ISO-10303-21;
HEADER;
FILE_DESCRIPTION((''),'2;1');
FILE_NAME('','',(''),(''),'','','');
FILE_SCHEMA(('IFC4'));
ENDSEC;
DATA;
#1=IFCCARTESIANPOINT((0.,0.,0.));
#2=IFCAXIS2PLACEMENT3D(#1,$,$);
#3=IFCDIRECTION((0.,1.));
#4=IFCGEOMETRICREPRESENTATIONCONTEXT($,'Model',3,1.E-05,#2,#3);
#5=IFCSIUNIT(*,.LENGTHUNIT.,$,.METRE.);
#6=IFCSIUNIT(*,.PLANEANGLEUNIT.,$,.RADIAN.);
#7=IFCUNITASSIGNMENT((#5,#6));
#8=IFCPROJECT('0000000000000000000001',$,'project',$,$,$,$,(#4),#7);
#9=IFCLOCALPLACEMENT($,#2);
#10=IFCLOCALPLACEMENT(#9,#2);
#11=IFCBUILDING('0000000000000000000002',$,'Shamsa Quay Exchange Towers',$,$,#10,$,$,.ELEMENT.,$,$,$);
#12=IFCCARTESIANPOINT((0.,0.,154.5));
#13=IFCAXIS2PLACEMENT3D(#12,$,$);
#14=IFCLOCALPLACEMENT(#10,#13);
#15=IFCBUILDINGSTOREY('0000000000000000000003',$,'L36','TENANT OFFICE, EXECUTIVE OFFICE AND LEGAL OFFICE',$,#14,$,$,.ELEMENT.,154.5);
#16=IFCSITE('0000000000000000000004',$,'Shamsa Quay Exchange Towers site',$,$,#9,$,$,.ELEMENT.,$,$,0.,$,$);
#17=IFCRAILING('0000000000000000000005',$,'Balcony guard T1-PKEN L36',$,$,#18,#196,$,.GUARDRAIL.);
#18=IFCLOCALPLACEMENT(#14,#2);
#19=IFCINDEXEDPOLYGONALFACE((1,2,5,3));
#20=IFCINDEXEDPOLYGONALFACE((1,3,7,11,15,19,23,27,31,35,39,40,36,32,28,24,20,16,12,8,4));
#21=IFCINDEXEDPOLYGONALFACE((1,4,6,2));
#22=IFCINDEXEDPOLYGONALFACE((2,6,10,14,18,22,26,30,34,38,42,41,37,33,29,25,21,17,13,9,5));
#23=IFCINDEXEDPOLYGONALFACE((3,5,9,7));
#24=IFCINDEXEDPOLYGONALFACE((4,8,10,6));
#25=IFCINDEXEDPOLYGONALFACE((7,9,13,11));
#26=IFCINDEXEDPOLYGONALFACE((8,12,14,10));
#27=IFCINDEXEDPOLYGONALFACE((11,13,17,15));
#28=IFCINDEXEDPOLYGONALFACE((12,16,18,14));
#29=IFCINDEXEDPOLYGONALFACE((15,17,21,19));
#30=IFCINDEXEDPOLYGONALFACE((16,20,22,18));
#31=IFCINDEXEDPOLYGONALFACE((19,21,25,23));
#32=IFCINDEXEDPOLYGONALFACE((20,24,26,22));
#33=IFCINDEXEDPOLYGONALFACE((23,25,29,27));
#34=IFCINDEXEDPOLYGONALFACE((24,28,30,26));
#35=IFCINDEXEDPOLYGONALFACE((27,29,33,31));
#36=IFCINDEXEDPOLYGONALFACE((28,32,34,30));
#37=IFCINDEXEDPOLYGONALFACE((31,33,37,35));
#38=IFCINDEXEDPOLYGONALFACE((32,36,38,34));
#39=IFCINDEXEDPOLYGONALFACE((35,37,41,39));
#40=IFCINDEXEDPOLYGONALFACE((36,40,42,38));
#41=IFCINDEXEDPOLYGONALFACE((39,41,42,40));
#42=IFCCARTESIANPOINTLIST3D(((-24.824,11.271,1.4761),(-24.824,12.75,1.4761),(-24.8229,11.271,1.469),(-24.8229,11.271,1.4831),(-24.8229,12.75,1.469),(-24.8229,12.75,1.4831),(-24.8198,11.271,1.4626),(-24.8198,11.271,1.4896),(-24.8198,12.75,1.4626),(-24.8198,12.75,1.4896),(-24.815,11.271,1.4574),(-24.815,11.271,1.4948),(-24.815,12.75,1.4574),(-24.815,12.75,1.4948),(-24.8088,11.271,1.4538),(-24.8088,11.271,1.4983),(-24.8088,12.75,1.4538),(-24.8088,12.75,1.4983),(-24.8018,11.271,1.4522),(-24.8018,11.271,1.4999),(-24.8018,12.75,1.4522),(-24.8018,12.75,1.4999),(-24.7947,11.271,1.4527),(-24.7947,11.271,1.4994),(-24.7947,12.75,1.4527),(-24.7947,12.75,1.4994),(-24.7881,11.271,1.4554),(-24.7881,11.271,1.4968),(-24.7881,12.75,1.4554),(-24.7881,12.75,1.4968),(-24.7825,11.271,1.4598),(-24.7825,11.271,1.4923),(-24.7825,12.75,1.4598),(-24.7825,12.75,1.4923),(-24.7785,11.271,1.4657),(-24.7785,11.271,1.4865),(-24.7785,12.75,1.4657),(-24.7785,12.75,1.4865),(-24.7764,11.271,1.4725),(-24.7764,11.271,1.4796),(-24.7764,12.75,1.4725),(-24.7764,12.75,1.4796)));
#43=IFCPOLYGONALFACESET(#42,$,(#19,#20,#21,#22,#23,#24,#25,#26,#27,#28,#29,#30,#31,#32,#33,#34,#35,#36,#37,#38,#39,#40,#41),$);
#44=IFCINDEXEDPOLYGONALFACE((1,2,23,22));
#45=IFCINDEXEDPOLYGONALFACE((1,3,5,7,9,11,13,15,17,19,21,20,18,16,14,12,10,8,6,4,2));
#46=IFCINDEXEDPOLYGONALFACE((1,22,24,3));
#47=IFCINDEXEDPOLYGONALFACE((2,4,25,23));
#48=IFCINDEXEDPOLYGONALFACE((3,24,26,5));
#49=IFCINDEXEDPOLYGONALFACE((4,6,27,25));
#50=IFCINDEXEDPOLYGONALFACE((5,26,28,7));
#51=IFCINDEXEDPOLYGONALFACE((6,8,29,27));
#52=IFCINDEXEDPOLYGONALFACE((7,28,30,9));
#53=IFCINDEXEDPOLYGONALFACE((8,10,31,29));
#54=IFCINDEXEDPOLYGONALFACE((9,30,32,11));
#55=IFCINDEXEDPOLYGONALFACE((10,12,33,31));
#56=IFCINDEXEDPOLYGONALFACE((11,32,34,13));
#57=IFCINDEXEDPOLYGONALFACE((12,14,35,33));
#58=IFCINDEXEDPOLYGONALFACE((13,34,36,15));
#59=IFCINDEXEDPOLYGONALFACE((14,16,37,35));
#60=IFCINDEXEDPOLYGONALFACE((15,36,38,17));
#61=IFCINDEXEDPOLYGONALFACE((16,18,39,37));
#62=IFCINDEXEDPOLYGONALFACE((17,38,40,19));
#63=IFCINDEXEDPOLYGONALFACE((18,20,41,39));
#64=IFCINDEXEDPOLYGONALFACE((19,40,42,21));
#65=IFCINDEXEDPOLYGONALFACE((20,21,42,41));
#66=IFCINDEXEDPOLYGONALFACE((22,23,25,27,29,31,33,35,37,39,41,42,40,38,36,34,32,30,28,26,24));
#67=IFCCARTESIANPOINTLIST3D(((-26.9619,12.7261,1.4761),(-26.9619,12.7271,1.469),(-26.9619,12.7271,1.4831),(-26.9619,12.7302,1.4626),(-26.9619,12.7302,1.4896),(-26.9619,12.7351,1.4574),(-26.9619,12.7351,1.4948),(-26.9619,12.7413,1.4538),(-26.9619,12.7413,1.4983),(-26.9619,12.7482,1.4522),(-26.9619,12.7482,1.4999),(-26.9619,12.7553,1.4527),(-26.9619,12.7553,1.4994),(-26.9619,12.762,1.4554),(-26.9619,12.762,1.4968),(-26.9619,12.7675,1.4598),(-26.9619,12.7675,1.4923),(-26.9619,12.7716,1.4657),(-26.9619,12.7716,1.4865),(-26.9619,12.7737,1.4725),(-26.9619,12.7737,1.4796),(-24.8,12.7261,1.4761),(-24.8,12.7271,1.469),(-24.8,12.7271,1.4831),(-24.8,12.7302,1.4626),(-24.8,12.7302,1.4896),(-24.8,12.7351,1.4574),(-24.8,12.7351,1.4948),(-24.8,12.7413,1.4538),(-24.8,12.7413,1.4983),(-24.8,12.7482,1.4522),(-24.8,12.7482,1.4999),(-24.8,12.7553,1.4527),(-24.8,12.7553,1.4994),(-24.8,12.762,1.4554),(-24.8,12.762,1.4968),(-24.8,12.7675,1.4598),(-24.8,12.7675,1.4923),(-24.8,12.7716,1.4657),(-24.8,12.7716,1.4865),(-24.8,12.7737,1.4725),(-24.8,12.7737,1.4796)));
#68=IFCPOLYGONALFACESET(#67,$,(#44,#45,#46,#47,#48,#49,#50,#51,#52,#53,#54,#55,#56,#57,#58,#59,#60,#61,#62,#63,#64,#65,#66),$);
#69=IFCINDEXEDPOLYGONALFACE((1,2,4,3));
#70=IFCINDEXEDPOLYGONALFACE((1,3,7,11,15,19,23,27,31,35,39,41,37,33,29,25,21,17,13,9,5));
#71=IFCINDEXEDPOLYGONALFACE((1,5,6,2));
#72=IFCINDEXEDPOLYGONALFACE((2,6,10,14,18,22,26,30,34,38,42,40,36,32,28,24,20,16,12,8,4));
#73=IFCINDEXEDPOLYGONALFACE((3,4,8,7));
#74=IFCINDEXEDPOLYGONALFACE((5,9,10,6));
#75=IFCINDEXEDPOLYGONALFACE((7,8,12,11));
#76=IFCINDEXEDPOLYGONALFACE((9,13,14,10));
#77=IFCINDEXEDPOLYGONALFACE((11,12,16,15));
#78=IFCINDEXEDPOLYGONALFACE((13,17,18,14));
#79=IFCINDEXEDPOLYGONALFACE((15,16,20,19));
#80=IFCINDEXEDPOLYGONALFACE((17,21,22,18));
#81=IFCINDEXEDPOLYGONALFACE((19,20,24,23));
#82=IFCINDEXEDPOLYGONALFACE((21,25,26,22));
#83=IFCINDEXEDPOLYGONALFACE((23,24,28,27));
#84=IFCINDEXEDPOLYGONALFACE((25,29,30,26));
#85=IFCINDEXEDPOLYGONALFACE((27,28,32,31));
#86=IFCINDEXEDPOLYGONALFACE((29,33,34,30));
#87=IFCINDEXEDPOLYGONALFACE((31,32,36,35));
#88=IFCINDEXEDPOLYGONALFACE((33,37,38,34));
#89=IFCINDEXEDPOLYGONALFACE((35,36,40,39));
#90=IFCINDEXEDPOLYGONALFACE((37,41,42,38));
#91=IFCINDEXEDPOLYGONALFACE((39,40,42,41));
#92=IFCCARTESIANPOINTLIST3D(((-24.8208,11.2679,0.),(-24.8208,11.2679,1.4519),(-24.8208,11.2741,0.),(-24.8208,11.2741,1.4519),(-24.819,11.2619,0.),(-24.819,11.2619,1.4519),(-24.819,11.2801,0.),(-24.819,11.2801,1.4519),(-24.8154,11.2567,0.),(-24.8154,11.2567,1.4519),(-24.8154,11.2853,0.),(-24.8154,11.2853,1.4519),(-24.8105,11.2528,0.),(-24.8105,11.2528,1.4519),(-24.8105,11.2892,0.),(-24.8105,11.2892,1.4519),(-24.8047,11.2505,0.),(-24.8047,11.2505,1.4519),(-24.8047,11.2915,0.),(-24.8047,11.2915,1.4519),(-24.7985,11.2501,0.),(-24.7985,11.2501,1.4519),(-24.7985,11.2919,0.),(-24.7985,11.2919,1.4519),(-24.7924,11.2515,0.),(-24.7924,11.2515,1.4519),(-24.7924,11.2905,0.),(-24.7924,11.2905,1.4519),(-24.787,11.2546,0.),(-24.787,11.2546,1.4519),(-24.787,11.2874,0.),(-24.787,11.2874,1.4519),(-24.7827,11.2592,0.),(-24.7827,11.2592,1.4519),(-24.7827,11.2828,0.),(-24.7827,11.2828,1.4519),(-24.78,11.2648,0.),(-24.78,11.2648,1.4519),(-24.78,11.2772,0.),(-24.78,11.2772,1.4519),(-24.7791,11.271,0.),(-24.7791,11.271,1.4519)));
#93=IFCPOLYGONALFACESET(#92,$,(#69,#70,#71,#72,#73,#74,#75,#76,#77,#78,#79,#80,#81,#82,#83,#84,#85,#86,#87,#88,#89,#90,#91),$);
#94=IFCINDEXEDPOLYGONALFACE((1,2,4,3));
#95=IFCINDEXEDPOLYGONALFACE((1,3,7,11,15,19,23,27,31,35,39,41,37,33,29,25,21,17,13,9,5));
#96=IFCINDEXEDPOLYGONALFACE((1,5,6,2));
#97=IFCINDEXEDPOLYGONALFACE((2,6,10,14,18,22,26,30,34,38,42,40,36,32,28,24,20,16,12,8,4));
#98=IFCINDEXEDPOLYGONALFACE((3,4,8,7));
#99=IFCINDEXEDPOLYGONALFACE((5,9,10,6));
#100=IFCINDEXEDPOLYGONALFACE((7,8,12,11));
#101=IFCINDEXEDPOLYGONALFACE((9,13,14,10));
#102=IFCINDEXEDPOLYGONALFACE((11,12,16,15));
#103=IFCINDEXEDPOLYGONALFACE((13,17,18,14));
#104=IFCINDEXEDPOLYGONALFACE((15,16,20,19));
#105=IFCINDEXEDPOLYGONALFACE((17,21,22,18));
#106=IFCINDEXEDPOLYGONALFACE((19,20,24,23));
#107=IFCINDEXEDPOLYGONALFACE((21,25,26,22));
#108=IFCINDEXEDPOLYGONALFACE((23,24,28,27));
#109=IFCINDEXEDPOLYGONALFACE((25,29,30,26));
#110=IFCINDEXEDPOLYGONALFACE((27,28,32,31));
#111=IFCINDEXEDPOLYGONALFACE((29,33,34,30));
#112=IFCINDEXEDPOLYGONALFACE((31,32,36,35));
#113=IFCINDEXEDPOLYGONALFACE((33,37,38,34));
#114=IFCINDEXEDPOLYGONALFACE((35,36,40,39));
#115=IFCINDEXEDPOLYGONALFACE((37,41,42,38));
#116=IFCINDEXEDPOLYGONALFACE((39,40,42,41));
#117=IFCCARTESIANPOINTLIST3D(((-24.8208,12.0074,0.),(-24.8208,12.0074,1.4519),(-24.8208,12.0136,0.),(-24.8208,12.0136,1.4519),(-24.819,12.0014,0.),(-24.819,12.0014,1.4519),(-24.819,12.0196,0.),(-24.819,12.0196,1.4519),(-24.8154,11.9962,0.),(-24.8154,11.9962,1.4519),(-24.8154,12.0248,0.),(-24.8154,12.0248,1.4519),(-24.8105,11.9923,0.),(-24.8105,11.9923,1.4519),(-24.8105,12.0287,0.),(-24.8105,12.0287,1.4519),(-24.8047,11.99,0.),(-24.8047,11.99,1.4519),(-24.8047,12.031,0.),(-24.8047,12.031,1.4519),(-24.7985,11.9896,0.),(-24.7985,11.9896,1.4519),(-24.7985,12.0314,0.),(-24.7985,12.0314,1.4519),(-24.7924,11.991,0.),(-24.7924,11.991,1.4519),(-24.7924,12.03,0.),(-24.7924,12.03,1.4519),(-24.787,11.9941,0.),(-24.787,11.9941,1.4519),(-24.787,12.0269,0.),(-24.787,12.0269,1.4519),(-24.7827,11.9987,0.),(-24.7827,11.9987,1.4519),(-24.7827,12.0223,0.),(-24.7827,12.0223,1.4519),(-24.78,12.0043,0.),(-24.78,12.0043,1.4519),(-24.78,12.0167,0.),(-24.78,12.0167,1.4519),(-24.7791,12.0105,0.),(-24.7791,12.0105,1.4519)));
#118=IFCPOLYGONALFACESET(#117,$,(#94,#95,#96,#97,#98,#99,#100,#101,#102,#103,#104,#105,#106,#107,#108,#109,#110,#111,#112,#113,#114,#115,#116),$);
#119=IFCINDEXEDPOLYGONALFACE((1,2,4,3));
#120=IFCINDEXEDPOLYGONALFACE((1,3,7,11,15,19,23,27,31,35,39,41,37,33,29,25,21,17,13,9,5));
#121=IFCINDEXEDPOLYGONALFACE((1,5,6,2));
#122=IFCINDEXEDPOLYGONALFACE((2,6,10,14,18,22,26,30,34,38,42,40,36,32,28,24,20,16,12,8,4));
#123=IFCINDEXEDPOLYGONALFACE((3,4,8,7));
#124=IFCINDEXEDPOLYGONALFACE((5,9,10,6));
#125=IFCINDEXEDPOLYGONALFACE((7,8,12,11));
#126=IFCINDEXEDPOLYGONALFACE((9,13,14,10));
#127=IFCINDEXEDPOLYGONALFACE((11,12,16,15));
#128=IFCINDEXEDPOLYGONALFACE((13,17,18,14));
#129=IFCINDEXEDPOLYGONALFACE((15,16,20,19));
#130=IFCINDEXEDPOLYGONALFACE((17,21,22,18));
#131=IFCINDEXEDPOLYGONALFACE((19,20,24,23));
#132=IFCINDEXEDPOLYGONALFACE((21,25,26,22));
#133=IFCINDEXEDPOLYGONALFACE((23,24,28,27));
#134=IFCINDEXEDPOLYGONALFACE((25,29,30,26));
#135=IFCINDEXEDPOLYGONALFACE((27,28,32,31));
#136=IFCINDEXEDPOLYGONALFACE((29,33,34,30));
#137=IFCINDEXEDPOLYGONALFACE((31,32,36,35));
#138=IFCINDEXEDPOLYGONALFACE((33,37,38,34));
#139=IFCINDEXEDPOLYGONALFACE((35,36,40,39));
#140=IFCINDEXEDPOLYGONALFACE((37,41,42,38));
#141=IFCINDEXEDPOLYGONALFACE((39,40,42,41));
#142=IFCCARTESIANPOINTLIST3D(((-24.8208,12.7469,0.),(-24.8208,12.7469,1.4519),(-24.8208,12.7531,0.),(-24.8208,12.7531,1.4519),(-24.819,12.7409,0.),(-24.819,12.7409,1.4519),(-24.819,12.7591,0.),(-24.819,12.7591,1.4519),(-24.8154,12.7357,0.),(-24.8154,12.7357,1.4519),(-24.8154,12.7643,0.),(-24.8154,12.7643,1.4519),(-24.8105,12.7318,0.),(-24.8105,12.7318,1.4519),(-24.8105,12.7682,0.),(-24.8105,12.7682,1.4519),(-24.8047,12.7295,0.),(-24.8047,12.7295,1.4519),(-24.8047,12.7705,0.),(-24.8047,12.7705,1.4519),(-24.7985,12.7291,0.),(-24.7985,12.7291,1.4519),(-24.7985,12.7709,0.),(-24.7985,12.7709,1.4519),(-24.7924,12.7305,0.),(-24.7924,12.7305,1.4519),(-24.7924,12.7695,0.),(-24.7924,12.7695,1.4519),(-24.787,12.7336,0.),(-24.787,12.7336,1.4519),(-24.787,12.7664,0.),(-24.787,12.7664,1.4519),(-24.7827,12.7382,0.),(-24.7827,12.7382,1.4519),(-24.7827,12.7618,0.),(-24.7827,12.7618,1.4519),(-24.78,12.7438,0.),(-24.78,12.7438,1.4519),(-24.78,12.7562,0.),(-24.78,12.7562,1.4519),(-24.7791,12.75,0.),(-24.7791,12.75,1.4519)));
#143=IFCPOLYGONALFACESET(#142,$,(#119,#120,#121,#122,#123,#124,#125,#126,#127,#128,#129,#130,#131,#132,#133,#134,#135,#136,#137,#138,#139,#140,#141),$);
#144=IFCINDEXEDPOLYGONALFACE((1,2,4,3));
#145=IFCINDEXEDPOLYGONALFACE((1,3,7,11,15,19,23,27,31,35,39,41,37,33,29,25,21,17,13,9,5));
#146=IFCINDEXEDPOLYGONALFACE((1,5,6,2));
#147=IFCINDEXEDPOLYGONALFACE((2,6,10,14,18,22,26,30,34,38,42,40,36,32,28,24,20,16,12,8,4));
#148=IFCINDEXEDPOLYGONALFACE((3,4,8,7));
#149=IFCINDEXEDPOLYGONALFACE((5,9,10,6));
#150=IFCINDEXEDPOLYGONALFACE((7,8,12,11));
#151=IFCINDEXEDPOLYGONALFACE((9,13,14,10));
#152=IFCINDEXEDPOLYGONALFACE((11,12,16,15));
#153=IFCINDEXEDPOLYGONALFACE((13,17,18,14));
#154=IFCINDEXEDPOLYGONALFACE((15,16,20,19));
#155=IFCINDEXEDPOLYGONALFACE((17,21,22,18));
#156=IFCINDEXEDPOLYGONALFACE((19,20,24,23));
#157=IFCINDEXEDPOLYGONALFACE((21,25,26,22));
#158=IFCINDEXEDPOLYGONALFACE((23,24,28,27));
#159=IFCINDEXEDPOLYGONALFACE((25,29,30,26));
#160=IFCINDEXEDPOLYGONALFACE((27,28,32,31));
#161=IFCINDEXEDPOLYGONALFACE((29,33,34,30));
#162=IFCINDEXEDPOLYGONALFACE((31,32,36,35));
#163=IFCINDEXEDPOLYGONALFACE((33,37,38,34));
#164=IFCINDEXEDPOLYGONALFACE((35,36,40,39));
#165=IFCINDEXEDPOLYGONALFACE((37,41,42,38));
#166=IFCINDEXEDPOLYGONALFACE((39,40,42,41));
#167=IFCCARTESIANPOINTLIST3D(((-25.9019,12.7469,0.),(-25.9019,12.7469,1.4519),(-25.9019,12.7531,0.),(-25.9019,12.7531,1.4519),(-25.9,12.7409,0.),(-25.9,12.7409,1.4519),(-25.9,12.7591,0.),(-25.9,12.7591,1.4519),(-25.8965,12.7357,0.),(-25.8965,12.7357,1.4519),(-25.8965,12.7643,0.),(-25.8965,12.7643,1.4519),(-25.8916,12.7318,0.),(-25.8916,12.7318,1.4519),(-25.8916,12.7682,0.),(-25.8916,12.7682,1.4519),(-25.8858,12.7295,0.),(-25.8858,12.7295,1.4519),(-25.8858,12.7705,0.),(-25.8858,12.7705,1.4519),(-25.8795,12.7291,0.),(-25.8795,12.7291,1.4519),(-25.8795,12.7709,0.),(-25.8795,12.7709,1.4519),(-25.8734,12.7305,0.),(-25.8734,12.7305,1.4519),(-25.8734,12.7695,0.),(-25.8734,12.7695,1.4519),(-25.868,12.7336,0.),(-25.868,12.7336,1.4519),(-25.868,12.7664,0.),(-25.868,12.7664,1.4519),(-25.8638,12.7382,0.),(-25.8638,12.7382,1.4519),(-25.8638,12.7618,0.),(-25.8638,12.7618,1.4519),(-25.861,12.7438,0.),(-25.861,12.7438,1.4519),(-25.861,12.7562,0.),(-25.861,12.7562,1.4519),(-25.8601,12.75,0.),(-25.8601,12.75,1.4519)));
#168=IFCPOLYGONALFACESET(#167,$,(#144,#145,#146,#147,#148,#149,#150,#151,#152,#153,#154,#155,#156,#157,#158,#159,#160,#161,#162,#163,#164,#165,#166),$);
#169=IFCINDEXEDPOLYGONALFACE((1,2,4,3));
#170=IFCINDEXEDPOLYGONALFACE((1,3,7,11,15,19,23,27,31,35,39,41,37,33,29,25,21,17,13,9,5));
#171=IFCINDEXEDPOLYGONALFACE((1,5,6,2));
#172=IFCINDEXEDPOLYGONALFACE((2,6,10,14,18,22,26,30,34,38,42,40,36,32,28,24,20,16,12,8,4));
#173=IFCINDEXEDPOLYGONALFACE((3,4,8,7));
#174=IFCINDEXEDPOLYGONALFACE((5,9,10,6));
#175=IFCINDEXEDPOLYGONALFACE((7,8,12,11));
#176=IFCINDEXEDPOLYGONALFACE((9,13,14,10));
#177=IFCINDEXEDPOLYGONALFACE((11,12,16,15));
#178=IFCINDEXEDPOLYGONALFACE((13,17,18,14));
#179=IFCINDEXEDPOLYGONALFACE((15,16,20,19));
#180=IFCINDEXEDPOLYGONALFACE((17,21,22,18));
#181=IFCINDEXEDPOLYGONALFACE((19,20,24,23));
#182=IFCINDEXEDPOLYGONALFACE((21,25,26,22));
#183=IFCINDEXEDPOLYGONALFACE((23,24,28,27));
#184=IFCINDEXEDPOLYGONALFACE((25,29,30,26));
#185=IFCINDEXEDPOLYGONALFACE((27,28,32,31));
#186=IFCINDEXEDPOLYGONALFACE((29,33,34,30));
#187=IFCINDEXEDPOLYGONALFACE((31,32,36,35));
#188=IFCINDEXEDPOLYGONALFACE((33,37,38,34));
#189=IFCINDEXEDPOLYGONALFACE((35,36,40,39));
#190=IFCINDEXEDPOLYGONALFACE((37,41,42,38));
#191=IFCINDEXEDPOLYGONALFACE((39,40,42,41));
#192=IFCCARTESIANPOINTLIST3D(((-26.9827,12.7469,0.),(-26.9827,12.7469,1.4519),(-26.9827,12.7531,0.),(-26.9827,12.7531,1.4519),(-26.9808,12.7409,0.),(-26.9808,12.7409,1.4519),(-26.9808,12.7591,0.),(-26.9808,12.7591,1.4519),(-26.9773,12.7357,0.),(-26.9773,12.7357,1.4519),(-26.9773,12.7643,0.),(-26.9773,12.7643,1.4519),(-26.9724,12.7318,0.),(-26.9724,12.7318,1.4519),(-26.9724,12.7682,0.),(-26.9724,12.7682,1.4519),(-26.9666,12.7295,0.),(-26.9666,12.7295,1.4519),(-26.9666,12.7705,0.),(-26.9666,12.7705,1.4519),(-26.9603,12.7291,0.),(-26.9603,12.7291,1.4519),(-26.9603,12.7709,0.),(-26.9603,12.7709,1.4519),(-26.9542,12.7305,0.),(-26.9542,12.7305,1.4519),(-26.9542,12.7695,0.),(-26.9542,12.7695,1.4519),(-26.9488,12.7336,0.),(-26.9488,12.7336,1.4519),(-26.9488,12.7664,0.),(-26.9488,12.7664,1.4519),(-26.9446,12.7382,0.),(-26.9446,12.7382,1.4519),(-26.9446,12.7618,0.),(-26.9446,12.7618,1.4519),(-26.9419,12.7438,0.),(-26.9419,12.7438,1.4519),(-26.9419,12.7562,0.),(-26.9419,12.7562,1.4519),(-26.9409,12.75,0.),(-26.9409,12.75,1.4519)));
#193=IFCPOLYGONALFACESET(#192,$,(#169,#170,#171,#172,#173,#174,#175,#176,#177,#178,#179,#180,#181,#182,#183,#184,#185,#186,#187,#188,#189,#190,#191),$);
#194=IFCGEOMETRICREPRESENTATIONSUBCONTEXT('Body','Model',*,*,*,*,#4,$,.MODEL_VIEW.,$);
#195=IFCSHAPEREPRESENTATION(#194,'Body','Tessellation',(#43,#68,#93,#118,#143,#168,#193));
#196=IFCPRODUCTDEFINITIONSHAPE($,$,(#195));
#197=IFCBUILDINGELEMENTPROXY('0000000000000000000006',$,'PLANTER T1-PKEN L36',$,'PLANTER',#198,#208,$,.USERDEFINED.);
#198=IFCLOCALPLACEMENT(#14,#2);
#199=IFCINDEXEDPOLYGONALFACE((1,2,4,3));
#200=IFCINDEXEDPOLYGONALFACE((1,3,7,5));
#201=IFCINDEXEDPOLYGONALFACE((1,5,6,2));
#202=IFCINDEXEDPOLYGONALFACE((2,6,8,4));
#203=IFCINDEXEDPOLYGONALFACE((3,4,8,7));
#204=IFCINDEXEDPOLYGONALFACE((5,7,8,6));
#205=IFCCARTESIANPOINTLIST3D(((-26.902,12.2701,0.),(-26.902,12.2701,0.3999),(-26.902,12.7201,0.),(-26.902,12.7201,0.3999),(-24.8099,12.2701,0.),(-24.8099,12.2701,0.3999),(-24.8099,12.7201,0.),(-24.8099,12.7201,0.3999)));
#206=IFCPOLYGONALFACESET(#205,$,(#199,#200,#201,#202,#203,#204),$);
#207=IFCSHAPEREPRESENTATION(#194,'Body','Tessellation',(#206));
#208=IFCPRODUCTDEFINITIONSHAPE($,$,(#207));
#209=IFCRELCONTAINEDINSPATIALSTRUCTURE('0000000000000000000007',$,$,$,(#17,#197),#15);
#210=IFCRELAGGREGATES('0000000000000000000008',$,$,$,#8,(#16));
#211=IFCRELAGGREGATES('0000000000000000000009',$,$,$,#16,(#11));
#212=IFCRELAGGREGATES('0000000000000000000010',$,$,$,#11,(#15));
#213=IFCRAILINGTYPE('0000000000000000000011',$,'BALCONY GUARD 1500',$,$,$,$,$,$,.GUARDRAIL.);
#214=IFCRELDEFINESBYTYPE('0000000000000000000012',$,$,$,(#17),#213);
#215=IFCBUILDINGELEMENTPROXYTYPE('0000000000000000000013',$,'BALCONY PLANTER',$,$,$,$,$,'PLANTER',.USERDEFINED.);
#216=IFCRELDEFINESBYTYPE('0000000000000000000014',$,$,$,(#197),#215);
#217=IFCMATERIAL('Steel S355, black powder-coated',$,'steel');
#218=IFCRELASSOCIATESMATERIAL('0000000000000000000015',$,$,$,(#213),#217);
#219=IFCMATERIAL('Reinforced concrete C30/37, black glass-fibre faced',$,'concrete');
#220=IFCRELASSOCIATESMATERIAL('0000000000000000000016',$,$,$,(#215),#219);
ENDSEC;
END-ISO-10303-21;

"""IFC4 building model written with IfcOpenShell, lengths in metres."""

from ifc_helpers import new_model, si_unit, direction, frame, origin, origin_2d, place, context, subcontext, project, spatial, rectangle, circle, extrude, material, type_object, element, save


model = new_model("IFC4")

# Units and contexts
model_context = context("Model", 3, precision=1e-05, world=origin(), true_north=direction((0.0, 1.0)))
body_context = subcontext(model_context, "Body", "Model", "MODEL_VIEW")
ifc_project = project(units=[si_unit("LENGTHUNIT", "METRE"), si_unit("PLANEANGLEUNIT", "RADIAN")], contexts=[model_context])

# Site, building, storey
site_placement = place(None, origin())
site = spatial("IfcSite", under=ifc_project, at=site_placement, Name="Shamsa Quay Exchange Towers site", CompositionType="ELEMENT", RefElevation=0.0)
building_placement = place(site_placement, origin())
building = spatial("IfcBuilding", under=site, at=building_placement, Name="Shamsa Quay Exchange Towers", CompositionType="ELEMENT")
storey_placement = place(building_placement, frame((0.0, 0.0, 154.5)))
storey = spatial("IfcBuildingStorey", under=building, at=storey_placement, Name="L36", Description="TENANT OFFICE, EXECUTIVE OFFICE AND LEGAL OFFICE", CompositionType="ELEMENT", Elevation=154.5)

# Railing
ifc_material_1 = material(Name="Steel S355, black powder-coated", Category="steel")
railing_type = type_object("IfcRailingType", Name="BALCONY GUARD 1500", PredefinedType="GUARDRAIL", material=ifc_material_1)
railing_placement = place(storey_placement, frame((-24.8, 11.271, 0.0)))
element("IfcRailing", 1, at=railing_placement, inside=storey, type_object=railing_type, Name="Balcony guard T1-PKEN L36", PredefinedType="GUARDRAIL", context=body_context, shape_type="SweptSolid", body=[
    extrude(circle(Radius=0.0239, at=origin_2d()), frame((0.0, 0.0, 1.4761), z_axis=(0.0, 1.0, 0.0), x_axis=(-1.0, 0.0, 0.0)), (0.0, 0.0, 1.0), 1.479),
    extrude(circle(Radius=0.0239, at=origin_2d()), frame((0.0, 1.479, 1.4761), z_axis=(-1.0, 0.0, 0.0), x_axis=(0.0, -1.0, 0.0)), (0.0, 0.0, 1.0), 2.1619),
    extrude(circle(Radius=0.021, at=origin_2d()), origin(), (0.0, 0.0, 1.0), 1.4519),
    extrude(circle(Radius=0.021, at=origin_2d()), frame((0.0, 0.7395, 0.0)), (0.0, 0.0, 1.0), 1.4519),
    extrude(circle(Radius=0.021, at=origin_2d()), frame((0.0, 1.479, 0.0)), (0.0, 0.0, 1.0), 1.4519),
    extrude(circle(Radius=0.021, at=origin_2d()), frame((-1.0811, 1.479, 0.0)), (0.0, 0.0, 1.0), 1.4519),
    extrude(circle(Radius=0.021, at=origin_2d()), frame((-2.1619, 1.479, 0.0)), (0.0, 0.0, 1.0), 1.4519),
])

# Building element proxy
ifc_material_2 = material(Name="Reinforced concrete C30/37, black glass-fibre faced", Category="concrete")
building_element_proxy_type = type_object("IfcBuildingElementProxyType", Name="BALCONY PLANTER", ElementType="PLANTER", PredefinedType="USERDEFINED", material=ifc_material_2)
proxy_placement = place(storey_placement, frame((-25.856, 12.4951, 0.0), z_axis=(0.0, 0.0, 1.0), x_axis=(-1.0, 0.0, 0.0)))
element("IfcBuildingElementProxy", 2, at=proxy_placement, inside=storey, type_object=building_element_proxy_type, Name="PLANTER T1-PKEN L36", ObjectType="PLANTER", PredefinedType="USERDEFINED", context=body_context, shape_type="SweptSolid", body=[
    extrude(rectangle(XDim=2.092, YDim=0.45, at=origin_2d()), origin(), (0.0, 0.0, 1.0), 0.3999),
])

save(model, "model.ifc")
